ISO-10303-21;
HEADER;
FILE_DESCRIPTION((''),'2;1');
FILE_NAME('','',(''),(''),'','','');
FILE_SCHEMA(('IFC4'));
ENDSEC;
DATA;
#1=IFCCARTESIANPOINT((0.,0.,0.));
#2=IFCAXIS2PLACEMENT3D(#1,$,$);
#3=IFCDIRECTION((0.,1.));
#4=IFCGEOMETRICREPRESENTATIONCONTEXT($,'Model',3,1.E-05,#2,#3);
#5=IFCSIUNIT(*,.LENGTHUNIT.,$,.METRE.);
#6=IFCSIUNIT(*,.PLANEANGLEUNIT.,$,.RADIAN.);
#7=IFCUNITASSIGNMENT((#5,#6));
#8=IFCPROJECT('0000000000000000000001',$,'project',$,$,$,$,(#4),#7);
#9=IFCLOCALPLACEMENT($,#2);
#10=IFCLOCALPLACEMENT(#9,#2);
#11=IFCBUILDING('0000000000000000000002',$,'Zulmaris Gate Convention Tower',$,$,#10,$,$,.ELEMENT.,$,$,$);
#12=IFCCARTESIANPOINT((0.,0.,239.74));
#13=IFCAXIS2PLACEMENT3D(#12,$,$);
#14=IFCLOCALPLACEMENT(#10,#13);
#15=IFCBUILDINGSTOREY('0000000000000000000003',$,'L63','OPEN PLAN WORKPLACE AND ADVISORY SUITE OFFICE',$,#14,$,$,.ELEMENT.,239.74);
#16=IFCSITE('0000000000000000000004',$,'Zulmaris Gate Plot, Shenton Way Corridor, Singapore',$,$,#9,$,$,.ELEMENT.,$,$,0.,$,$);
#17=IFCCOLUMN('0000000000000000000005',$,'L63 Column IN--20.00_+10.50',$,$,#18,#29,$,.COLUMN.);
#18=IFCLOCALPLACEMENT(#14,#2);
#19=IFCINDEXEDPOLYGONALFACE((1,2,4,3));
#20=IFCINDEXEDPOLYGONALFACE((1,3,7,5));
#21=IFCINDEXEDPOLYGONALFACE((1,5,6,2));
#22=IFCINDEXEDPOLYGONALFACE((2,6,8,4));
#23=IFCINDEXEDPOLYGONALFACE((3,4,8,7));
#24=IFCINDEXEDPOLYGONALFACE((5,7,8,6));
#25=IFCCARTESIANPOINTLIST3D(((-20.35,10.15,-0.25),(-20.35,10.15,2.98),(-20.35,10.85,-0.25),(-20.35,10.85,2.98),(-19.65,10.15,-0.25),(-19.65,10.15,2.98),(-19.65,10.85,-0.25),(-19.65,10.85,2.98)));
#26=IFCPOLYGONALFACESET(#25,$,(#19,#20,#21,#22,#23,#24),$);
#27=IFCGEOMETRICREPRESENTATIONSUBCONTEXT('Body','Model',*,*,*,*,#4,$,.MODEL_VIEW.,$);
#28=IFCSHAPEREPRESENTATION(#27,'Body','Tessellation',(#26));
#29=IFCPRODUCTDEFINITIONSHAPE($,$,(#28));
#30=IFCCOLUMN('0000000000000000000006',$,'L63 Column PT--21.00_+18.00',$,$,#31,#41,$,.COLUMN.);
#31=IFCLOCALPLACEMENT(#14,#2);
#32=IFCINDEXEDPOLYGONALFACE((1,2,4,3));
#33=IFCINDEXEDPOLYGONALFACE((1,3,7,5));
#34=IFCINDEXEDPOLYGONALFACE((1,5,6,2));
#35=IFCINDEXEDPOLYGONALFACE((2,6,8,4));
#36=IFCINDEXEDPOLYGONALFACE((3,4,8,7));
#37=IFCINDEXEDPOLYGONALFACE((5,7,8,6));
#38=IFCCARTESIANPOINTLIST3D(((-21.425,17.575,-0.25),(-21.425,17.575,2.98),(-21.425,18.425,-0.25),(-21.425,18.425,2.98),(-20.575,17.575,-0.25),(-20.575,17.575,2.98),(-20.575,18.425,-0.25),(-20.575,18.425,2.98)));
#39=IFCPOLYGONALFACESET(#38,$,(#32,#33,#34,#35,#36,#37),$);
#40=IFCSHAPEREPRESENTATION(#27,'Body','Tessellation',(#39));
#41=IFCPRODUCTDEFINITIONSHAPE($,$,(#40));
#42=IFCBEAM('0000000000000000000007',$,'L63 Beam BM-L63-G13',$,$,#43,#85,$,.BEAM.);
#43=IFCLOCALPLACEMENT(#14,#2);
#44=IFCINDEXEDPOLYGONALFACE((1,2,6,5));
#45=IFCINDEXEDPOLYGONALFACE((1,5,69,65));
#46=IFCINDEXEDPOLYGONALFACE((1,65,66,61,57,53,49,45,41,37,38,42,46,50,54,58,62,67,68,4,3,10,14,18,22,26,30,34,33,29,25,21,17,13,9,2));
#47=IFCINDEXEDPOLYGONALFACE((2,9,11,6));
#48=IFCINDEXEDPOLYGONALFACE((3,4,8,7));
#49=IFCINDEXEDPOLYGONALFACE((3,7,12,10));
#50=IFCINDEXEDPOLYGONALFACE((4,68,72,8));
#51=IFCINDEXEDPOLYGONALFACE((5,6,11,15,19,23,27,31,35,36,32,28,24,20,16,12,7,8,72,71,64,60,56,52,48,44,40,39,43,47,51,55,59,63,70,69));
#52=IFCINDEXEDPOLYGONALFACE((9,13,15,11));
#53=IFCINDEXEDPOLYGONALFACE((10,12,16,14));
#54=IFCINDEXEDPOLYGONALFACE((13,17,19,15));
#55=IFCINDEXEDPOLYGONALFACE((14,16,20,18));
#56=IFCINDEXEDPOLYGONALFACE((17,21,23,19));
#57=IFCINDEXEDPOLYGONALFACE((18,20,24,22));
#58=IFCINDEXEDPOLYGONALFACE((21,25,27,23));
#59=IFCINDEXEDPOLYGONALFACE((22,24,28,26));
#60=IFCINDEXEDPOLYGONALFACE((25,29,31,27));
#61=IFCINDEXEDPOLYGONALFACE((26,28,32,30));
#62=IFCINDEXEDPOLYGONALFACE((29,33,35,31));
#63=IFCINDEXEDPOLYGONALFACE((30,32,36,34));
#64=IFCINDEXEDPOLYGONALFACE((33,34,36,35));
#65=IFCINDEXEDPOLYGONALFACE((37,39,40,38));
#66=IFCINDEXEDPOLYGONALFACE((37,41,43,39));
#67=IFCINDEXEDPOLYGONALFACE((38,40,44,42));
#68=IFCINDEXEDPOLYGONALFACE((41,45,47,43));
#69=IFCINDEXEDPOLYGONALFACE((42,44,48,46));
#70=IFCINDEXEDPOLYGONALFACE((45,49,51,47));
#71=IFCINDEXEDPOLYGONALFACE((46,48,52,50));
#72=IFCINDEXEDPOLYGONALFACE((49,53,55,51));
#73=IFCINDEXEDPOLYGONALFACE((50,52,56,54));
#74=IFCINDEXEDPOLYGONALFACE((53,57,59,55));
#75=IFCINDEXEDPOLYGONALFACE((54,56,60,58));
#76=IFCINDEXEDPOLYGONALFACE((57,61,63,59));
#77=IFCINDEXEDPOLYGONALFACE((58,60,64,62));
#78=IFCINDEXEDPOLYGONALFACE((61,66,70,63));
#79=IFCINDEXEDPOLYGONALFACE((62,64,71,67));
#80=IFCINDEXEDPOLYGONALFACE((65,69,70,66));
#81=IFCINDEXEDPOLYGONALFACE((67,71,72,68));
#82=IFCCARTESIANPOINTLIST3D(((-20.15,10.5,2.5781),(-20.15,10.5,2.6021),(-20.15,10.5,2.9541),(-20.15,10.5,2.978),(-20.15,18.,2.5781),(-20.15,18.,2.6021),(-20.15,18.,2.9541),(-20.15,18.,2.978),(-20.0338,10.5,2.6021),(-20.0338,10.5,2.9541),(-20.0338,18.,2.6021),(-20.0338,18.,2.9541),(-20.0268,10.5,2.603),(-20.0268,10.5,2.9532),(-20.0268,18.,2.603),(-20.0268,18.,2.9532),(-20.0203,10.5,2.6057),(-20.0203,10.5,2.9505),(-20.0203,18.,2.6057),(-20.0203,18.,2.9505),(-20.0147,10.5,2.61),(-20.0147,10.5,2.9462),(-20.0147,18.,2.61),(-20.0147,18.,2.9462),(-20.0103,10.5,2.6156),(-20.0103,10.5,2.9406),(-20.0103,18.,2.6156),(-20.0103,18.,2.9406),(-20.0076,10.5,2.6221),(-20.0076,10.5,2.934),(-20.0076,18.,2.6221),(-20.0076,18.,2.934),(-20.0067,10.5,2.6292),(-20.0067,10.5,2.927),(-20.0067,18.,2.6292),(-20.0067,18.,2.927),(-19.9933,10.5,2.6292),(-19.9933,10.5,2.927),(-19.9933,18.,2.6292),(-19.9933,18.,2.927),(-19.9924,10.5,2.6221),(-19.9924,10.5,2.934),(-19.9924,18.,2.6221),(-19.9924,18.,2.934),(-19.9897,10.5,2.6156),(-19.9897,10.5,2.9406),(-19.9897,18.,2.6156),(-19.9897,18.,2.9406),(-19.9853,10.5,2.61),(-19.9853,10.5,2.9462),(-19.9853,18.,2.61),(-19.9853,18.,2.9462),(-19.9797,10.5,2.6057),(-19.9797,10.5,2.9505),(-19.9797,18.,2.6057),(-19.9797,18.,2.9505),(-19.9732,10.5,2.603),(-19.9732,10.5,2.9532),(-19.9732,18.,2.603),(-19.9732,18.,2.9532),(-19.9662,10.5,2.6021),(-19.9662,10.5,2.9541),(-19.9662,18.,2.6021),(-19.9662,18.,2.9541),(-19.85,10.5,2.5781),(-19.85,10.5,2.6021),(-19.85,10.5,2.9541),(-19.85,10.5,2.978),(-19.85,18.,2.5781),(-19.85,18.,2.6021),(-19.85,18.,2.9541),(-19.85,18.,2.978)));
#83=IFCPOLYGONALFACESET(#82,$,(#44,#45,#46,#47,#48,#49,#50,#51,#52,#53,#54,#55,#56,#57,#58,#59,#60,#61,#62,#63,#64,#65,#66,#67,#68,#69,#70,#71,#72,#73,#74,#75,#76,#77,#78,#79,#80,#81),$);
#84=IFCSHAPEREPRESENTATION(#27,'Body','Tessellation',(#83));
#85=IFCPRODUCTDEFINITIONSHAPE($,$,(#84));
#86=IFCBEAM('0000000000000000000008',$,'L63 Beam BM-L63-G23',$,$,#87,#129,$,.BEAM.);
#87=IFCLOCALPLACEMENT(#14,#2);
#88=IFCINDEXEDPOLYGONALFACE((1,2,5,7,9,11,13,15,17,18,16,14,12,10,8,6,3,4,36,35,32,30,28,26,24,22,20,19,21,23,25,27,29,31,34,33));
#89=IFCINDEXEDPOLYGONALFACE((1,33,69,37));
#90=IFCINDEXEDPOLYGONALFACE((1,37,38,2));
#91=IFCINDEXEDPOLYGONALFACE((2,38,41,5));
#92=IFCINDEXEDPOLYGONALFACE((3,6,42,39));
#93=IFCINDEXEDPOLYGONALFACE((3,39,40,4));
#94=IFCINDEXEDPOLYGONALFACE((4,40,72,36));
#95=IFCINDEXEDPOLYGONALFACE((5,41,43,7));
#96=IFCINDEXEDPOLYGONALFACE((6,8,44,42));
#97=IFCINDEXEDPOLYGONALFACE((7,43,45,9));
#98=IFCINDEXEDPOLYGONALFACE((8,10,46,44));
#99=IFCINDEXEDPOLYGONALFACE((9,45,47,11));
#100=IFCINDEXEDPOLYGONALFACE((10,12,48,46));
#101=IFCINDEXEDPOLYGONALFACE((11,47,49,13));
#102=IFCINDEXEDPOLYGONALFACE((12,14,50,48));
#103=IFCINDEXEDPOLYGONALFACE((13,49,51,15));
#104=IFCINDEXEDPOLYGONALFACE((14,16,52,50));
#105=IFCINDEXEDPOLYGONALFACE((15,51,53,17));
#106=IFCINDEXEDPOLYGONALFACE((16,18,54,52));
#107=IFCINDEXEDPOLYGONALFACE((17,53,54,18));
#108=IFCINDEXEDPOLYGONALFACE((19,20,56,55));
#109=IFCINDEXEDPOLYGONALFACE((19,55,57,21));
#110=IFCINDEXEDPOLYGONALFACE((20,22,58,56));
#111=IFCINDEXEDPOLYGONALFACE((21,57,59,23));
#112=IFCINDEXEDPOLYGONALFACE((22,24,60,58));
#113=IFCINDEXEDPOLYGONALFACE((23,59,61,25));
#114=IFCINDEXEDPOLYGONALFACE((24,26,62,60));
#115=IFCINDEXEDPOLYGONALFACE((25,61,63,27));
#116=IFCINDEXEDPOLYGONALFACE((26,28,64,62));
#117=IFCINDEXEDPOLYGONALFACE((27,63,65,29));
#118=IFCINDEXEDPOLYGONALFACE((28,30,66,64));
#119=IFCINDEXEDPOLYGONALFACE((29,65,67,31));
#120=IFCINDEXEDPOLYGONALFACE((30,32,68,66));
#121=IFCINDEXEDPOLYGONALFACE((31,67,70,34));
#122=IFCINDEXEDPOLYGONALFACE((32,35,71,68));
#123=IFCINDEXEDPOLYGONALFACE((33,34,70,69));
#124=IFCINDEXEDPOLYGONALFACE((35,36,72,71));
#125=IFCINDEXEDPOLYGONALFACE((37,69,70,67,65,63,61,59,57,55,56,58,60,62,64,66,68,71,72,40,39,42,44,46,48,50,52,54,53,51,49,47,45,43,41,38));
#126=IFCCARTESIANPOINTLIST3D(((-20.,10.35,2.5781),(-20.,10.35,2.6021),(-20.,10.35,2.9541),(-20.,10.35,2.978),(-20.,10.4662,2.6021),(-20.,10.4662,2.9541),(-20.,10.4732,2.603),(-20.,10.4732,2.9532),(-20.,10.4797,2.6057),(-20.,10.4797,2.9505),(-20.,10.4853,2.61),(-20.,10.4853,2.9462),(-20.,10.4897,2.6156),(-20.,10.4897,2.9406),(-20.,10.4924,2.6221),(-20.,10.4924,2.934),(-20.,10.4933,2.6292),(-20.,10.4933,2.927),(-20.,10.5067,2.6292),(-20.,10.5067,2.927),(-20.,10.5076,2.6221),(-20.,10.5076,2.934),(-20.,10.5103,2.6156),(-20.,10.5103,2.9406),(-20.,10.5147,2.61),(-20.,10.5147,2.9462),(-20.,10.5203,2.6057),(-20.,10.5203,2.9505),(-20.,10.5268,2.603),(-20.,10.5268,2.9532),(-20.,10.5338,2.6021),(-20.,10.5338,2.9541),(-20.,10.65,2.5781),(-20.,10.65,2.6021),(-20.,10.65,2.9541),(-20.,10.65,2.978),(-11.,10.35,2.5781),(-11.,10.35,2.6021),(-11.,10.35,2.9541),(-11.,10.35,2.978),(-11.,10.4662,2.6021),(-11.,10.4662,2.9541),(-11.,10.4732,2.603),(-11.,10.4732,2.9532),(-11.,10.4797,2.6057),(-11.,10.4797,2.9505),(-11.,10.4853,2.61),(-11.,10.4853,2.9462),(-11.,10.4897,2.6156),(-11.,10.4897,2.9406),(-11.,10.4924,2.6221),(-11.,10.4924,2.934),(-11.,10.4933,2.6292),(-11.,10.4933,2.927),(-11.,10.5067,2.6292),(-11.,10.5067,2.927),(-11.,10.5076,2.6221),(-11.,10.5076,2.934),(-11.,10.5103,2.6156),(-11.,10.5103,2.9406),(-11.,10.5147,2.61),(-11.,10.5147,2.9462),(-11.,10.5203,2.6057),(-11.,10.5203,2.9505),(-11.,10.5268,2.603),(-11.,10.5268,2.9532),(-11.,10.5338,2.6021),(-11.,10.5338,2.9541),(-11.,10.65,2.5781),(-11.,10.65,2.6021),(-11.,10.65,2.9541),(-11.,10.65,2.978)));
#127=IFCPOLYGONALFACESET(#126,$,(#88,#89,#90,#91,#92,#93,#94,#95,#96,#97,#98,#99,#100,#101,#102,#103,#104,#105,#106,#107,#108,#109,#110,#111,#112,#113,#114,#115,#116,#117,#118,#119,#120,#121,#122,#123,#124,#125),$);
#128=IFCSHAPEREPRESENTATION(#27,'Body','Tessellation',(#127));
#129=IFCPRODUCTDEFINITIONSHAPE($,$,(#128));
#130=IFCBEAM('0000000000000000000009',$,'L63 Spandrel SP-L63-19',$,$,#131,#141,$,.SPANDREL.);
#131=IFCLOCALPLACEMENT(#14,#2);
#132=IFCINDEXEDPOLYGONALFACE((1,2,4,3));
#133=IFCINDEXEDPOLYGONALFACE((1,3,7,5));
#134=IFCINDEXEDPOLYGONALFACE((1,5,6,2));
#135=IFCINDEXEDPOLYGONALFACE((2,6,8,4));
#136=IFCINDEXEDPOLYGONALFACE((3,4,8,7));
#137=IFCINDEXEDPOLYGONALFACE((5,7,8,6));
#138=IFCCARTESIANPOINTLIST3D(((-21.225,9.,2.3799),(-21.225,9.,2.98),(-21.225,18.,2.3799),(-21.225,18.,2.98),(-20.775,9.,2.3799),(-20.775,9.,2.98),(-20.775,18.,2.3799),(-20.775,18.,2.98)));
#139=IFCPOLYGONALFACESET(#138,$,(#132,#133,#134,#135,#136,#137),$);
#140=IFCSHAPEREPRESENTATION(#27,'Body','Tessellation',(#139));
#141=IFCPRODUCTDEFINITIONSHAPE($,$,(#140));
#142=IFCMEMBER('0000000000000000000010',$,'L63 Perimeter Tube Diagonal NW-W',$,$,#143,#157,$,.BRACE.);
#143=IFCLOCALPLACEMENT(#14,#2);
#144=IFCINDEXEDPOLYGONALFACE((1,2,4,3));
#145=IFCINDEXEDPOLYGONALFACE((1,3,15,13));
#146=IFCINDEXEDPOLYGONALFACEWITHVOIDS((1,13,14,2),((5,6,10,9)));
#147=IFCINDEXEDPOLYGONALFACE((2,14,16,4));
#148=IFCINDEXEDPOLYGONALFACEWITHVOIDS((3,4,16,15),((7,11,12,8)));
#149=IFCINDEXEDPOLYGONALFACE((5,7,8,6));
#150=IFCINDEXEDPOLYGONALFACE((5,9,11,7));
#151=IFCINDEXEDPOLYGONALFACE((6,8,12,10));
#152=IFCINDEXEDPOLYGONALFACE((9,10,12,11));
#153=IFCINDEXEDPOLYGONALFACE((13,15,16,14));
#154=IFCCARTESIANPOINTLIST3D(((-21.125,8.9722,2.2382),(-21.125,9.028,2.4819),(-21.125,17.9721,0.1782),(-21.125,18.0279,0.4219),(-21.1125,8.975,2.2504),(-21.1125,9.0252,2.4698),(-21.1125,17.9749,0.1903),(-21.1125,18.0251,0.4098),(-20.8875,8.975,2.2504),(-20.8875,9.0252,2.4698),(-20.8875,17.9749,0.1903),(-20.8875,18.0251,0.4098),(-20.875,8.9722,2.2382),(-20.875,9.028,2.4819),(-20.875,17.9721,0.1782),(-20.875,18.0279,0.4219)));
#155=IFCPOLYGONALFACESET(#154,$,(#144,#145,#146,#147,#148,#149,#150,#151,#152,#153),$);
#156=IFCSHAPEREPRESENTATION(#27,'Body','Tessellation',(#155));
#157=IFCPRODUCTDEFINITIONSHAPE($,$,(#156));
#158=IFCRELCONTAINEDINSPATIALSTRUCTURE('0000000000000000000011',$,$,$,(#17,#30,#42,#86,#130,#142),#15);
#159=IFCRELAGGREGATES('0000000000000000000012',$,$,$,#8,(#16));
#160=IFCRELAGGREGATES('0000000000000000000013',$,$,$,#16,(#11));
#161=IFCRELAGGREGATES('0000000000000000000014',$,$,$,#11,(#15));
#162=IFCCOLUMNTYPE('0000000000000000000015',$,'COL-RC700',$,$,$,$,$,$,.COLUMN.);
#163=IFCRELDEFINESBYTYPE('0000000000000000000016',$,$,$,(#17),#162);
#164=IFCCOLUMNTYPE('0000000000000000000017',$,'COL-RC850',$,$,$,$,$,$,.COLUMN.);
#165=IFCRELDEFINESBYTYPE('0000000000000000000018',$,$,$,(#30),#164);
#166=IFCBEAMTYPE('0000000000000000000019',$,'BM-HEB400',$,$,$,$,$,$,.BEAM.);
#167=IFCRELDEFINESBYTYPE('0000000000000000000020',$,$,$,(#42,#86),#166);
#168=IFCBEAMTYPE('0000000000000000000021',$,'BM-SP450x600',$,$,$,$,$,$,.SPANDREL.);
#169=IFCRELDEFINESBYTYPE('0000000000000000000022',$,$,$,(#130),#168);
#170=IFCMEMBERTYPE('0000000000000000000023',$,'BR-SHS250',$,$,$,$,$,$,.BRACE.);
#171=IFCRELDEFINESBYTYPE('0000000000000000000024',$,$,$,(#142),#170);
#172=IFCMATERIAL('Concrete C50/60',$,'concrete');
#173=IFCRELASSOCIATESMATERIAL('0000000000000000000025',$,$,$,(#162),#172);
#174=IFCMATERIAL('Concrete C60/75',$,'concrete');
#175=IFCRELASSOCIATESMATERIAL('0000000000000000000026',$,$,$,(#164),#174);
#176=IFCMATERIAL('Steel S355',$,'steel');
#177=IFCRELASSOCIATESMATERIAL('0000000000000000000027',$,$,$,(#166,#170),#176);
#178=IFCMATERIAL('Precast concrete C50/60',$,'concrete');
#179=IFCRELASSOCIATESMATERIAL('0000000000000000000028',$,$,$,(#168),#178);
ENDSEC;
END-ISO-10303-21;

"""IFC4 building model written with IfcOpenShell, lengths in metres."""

from ifc_helpers import new_model, si_unit, direction, frame, origin, origin_2d, place, context, subcontext, project, spatial, rectangle, hollow_rectangle, i_section, extrude, material, material_profile, profile_set, type_object, element, save


model = new_model("IFC4")

# Units and contexts
model_context = context("Model", 3, precision=1e-05, world=origin(), true_north=direction((0.0, 1.0)))
body_context = subcontext(model_context, "Body", "Model", "MODEL_VIEW")
ifc_project = project(units=[si_unit("LENGTHUNIT", "METRE"), si_unit("PLANEANGLEUNIT", "RADIAN")], contexts=[model_context])

# Site, building, storey
site_placement = place(None, origin())
site = spatial("IfcSite", under=ifc_project, at=site_placement, Name="Zulmaris Gate Plot, Shenton Way Corridor, Singapore", CompositionType="ELEMENT", RefElevation=0.0)
building_placement = place(site_placement, origin())
building = spatial("IfcBuilding", under=site, at=building_placement, Name="Zulmaris Gate Convention Tower", CompositionType="ELEMENT")
storey_placement = place(building_placement, frame((0.0, 0.0, 239.74)))
storey = spatial("IfcBuildingStorey", under=building, at=storey_placement, Name="L63", Description="OPEN PLAN WORKPLACE AND ADVISORY SUITE OFFICE", CompositionType="ELEMENT", Elevation=239.74)

# Columns
ifc_material_1 = material(Name="Concrete C50/60", Category="concrete")
ifc_material_profile_1 = material_profile(ifc_material_1, rectangle(XDim=0.7, YDim=0.7, at=origin_2d()), Name="RC COL 700x700")
ifc_profile_set_1 = profile_set([ifc_material_profile_1], Name="Concrete C50/60")
column_type_1 = type_object("IfcColumnType", Name="COL-RC700", PredefinedType="COLUMN", material=ifc_profile_set_1)
column_1_placement = place(storey_placement, frame((-20.0, 10.5, -0.25), z_axis=(0.0, 0.0, 1.0), x_axis=(1.0, 0.0, 0.0)))
element("IfcColumn", 1, at=column_1_placement, inside=storey, type_object=column_type_1, Name="L63 Column IN--20.00_+10.50", PredefinedType="COLUMN", context=body_context, shape_type="SweptSolid", body=[
    extrude(rectangle(XDim=0.7, YDim=0.7, at=origin_2d()), origin(), (0.0, 0.0, 1.0), 3.23),
])
ifc_material_2 = material(Name="Concrete C60/75", Category="concrete")
ifc_material_profile_2 = material_profile(ifc_material_2, rectangle(XDim=0.8501, YDim=0.8501, at=origin_2d()), Name="RC COL 850x850")
ifc_profile_set_2 = profile_set([ifc_material_profile_2], Name="Concrete C60/75")
column_type_2 = type_object("IfcColumnType", Name="COL-RC850", PredefinedType="COLUMN", material=ifc_profile_set_2)
column_2_placement = place(storey_placement, frame((-21.0, 18.0, -0.25), z_axis=(0.0, 0.0, 1.0), x_axis=(1.0, 0.0, 0.0)))
element("IfcColumn", 2, at=column_2_placement, inside=storey, type_object=column_type_2, Name="L63 Column PT--21.00_+18.00", PredefinedType="COLUMN", context=body_context, shape_type="SweptSolid", body=[
    extrude(rectangle(XDim=0.8501, YDim=0.8501, at=origin_2d()), origin(), (0.0, 0.0, 1.0), 3.23),
])

# Beams
ifc_material_3 = material(Name="Steel S355", Category="steel")
ifc_material_profile_3 = material_profile(ifc_material_3, i_section(OverallWidth=0.3, OverallDepth=0.3999, WebThickness=0.0134, FlangeThickness=0.0239, FilletRadius=0.0271, at=origin_2d()), Name="HEB 400")
ifc_profile_set_3 = profile_set([ifc_material_profile_3], Name="Steel S355")
beam_type_1 = type_object("IfcBeamType", Name="BM-HEB400", PredefinedType="BEAM", material=ifc_profile_set_3)
beam_1_placement = place(storey_placement, frame((-20.0, 10.5, 2.7781), z_axis=(0.0, 1.0, 0.0), x_axis=(-1.0, 0.0, 0.0)))
element("IfcBeam", 3, at=beam_1_placement, inside=storey, type_object=beam_type_1, Name="L63 Beam BM-L63-G13", PredefinedType="BEAM", context=body_context, shape_type="SweptSolid", body=[
    extrude(i_section(OverallWidth=0.3, OverallDepth=0.3999, WebThickness=0.0134, FlangeThickness=0.0239, FilletRadius=0.0271, at=origin_2d()), origin(), (0.0, 0.0, 1.0), 7.5),
])
beam_2_placement = place(storey_placement, frame((-20.0, 10.5, 2.7781), z_axis=(1.0, 0.0, 0.0), x_axis=(0.0, 1.0, 0.0)))
element("IfcBeam", 4, at=beam_2_placement, inside=storey, type_object=beam_type_1, Name="L63 Beam BM-L63-G23", PredefinedType="BEAM", context=body_context, shape_type="SweptSolid", body=[
    extrude(i_section(OverallWidth=0.3, OverallDepth=0.3999, WebThickness=0.0134, FlangeThickness=0.0239, FilletRadius=0.0271, at=origin_2d()), origin(), (0.0, 0.0, 1.0), 9.0),
])
ifc_material_4 = material(Name="Precast concrete C50/60", Category="concrete")
ifc_material_profile_4 = material_profile(ifc_material_4, rectangle(XDim=0.45, YDim=0.6001, at=origin_2d()), Name="RC SPANDREL 450x600")
ifc_profile_set_4 = profile_set([ifc_material_profile_4], Name="Precast concrete C50/60")
beam_type_2 = type_object("IfcBeamType", Name="BM-SP450x600", PredefinedType="SPANDREL", material=ifc_profile_set_4)
beam_3_placement = place(storey_placement, frame((-21.0, 18.0, 2.6799), z_axis=(0.0, -1.0, 0.0), x_axis=(1.0, 0.0, 0.0)))
element("IfcBeam", 5, at=beam_3_placement, inside=storey, type_object=beam_type_2, Name="L63 Spandrel SP-L63-19", PredefinedType="SPANDREL", context=body_context, shape_type="SweptSolid", body=[
    extrude(rectangle(XDim=0.45, YDim=0.6001, at=origin_2d()), origin(), (0.0, 0.0, 1.0), 9.0),
])

# Member
ifc_material_profile_5 = material_profile(ifc_material_3, hollow_rectangle(XDim=0.25, YDim=0.25, WallThickness=0.0125, at=origin_2d()), Name="SHS 250x250x12.5")
ifc_profile_set_5 = profile_set([ifc_material_profile_5], Name="Steel S355")
member_type = type_object("IfcMemberType", Name="BR-SHS250", PredefinedType="BRACE", material=ifc_profile_set_5)
member_placement = place(storey_placement, frame((-21.0, 18.0, 0.3), z_axis=(0.0, -0.97479, 0.223125), x_axis=(1.0, 0.0, 0.0)))
element("IfcMember", 6, at=member_placement, inside=storey, type_object=member_type, Name="L63 Perimeter Tube Diagonal NW-W", PredefinedType="BRACE", context=body_context, shape_type="SweptSolid", body=[
    extrude(hollow_rectangle(XDim=0.25, YDim=0.25, WallThickness=0.0125, at=origin_2d()), origin(), (0.0, 0.0, 1.0), 9.2327),
])

save(model, "model.ifc")
